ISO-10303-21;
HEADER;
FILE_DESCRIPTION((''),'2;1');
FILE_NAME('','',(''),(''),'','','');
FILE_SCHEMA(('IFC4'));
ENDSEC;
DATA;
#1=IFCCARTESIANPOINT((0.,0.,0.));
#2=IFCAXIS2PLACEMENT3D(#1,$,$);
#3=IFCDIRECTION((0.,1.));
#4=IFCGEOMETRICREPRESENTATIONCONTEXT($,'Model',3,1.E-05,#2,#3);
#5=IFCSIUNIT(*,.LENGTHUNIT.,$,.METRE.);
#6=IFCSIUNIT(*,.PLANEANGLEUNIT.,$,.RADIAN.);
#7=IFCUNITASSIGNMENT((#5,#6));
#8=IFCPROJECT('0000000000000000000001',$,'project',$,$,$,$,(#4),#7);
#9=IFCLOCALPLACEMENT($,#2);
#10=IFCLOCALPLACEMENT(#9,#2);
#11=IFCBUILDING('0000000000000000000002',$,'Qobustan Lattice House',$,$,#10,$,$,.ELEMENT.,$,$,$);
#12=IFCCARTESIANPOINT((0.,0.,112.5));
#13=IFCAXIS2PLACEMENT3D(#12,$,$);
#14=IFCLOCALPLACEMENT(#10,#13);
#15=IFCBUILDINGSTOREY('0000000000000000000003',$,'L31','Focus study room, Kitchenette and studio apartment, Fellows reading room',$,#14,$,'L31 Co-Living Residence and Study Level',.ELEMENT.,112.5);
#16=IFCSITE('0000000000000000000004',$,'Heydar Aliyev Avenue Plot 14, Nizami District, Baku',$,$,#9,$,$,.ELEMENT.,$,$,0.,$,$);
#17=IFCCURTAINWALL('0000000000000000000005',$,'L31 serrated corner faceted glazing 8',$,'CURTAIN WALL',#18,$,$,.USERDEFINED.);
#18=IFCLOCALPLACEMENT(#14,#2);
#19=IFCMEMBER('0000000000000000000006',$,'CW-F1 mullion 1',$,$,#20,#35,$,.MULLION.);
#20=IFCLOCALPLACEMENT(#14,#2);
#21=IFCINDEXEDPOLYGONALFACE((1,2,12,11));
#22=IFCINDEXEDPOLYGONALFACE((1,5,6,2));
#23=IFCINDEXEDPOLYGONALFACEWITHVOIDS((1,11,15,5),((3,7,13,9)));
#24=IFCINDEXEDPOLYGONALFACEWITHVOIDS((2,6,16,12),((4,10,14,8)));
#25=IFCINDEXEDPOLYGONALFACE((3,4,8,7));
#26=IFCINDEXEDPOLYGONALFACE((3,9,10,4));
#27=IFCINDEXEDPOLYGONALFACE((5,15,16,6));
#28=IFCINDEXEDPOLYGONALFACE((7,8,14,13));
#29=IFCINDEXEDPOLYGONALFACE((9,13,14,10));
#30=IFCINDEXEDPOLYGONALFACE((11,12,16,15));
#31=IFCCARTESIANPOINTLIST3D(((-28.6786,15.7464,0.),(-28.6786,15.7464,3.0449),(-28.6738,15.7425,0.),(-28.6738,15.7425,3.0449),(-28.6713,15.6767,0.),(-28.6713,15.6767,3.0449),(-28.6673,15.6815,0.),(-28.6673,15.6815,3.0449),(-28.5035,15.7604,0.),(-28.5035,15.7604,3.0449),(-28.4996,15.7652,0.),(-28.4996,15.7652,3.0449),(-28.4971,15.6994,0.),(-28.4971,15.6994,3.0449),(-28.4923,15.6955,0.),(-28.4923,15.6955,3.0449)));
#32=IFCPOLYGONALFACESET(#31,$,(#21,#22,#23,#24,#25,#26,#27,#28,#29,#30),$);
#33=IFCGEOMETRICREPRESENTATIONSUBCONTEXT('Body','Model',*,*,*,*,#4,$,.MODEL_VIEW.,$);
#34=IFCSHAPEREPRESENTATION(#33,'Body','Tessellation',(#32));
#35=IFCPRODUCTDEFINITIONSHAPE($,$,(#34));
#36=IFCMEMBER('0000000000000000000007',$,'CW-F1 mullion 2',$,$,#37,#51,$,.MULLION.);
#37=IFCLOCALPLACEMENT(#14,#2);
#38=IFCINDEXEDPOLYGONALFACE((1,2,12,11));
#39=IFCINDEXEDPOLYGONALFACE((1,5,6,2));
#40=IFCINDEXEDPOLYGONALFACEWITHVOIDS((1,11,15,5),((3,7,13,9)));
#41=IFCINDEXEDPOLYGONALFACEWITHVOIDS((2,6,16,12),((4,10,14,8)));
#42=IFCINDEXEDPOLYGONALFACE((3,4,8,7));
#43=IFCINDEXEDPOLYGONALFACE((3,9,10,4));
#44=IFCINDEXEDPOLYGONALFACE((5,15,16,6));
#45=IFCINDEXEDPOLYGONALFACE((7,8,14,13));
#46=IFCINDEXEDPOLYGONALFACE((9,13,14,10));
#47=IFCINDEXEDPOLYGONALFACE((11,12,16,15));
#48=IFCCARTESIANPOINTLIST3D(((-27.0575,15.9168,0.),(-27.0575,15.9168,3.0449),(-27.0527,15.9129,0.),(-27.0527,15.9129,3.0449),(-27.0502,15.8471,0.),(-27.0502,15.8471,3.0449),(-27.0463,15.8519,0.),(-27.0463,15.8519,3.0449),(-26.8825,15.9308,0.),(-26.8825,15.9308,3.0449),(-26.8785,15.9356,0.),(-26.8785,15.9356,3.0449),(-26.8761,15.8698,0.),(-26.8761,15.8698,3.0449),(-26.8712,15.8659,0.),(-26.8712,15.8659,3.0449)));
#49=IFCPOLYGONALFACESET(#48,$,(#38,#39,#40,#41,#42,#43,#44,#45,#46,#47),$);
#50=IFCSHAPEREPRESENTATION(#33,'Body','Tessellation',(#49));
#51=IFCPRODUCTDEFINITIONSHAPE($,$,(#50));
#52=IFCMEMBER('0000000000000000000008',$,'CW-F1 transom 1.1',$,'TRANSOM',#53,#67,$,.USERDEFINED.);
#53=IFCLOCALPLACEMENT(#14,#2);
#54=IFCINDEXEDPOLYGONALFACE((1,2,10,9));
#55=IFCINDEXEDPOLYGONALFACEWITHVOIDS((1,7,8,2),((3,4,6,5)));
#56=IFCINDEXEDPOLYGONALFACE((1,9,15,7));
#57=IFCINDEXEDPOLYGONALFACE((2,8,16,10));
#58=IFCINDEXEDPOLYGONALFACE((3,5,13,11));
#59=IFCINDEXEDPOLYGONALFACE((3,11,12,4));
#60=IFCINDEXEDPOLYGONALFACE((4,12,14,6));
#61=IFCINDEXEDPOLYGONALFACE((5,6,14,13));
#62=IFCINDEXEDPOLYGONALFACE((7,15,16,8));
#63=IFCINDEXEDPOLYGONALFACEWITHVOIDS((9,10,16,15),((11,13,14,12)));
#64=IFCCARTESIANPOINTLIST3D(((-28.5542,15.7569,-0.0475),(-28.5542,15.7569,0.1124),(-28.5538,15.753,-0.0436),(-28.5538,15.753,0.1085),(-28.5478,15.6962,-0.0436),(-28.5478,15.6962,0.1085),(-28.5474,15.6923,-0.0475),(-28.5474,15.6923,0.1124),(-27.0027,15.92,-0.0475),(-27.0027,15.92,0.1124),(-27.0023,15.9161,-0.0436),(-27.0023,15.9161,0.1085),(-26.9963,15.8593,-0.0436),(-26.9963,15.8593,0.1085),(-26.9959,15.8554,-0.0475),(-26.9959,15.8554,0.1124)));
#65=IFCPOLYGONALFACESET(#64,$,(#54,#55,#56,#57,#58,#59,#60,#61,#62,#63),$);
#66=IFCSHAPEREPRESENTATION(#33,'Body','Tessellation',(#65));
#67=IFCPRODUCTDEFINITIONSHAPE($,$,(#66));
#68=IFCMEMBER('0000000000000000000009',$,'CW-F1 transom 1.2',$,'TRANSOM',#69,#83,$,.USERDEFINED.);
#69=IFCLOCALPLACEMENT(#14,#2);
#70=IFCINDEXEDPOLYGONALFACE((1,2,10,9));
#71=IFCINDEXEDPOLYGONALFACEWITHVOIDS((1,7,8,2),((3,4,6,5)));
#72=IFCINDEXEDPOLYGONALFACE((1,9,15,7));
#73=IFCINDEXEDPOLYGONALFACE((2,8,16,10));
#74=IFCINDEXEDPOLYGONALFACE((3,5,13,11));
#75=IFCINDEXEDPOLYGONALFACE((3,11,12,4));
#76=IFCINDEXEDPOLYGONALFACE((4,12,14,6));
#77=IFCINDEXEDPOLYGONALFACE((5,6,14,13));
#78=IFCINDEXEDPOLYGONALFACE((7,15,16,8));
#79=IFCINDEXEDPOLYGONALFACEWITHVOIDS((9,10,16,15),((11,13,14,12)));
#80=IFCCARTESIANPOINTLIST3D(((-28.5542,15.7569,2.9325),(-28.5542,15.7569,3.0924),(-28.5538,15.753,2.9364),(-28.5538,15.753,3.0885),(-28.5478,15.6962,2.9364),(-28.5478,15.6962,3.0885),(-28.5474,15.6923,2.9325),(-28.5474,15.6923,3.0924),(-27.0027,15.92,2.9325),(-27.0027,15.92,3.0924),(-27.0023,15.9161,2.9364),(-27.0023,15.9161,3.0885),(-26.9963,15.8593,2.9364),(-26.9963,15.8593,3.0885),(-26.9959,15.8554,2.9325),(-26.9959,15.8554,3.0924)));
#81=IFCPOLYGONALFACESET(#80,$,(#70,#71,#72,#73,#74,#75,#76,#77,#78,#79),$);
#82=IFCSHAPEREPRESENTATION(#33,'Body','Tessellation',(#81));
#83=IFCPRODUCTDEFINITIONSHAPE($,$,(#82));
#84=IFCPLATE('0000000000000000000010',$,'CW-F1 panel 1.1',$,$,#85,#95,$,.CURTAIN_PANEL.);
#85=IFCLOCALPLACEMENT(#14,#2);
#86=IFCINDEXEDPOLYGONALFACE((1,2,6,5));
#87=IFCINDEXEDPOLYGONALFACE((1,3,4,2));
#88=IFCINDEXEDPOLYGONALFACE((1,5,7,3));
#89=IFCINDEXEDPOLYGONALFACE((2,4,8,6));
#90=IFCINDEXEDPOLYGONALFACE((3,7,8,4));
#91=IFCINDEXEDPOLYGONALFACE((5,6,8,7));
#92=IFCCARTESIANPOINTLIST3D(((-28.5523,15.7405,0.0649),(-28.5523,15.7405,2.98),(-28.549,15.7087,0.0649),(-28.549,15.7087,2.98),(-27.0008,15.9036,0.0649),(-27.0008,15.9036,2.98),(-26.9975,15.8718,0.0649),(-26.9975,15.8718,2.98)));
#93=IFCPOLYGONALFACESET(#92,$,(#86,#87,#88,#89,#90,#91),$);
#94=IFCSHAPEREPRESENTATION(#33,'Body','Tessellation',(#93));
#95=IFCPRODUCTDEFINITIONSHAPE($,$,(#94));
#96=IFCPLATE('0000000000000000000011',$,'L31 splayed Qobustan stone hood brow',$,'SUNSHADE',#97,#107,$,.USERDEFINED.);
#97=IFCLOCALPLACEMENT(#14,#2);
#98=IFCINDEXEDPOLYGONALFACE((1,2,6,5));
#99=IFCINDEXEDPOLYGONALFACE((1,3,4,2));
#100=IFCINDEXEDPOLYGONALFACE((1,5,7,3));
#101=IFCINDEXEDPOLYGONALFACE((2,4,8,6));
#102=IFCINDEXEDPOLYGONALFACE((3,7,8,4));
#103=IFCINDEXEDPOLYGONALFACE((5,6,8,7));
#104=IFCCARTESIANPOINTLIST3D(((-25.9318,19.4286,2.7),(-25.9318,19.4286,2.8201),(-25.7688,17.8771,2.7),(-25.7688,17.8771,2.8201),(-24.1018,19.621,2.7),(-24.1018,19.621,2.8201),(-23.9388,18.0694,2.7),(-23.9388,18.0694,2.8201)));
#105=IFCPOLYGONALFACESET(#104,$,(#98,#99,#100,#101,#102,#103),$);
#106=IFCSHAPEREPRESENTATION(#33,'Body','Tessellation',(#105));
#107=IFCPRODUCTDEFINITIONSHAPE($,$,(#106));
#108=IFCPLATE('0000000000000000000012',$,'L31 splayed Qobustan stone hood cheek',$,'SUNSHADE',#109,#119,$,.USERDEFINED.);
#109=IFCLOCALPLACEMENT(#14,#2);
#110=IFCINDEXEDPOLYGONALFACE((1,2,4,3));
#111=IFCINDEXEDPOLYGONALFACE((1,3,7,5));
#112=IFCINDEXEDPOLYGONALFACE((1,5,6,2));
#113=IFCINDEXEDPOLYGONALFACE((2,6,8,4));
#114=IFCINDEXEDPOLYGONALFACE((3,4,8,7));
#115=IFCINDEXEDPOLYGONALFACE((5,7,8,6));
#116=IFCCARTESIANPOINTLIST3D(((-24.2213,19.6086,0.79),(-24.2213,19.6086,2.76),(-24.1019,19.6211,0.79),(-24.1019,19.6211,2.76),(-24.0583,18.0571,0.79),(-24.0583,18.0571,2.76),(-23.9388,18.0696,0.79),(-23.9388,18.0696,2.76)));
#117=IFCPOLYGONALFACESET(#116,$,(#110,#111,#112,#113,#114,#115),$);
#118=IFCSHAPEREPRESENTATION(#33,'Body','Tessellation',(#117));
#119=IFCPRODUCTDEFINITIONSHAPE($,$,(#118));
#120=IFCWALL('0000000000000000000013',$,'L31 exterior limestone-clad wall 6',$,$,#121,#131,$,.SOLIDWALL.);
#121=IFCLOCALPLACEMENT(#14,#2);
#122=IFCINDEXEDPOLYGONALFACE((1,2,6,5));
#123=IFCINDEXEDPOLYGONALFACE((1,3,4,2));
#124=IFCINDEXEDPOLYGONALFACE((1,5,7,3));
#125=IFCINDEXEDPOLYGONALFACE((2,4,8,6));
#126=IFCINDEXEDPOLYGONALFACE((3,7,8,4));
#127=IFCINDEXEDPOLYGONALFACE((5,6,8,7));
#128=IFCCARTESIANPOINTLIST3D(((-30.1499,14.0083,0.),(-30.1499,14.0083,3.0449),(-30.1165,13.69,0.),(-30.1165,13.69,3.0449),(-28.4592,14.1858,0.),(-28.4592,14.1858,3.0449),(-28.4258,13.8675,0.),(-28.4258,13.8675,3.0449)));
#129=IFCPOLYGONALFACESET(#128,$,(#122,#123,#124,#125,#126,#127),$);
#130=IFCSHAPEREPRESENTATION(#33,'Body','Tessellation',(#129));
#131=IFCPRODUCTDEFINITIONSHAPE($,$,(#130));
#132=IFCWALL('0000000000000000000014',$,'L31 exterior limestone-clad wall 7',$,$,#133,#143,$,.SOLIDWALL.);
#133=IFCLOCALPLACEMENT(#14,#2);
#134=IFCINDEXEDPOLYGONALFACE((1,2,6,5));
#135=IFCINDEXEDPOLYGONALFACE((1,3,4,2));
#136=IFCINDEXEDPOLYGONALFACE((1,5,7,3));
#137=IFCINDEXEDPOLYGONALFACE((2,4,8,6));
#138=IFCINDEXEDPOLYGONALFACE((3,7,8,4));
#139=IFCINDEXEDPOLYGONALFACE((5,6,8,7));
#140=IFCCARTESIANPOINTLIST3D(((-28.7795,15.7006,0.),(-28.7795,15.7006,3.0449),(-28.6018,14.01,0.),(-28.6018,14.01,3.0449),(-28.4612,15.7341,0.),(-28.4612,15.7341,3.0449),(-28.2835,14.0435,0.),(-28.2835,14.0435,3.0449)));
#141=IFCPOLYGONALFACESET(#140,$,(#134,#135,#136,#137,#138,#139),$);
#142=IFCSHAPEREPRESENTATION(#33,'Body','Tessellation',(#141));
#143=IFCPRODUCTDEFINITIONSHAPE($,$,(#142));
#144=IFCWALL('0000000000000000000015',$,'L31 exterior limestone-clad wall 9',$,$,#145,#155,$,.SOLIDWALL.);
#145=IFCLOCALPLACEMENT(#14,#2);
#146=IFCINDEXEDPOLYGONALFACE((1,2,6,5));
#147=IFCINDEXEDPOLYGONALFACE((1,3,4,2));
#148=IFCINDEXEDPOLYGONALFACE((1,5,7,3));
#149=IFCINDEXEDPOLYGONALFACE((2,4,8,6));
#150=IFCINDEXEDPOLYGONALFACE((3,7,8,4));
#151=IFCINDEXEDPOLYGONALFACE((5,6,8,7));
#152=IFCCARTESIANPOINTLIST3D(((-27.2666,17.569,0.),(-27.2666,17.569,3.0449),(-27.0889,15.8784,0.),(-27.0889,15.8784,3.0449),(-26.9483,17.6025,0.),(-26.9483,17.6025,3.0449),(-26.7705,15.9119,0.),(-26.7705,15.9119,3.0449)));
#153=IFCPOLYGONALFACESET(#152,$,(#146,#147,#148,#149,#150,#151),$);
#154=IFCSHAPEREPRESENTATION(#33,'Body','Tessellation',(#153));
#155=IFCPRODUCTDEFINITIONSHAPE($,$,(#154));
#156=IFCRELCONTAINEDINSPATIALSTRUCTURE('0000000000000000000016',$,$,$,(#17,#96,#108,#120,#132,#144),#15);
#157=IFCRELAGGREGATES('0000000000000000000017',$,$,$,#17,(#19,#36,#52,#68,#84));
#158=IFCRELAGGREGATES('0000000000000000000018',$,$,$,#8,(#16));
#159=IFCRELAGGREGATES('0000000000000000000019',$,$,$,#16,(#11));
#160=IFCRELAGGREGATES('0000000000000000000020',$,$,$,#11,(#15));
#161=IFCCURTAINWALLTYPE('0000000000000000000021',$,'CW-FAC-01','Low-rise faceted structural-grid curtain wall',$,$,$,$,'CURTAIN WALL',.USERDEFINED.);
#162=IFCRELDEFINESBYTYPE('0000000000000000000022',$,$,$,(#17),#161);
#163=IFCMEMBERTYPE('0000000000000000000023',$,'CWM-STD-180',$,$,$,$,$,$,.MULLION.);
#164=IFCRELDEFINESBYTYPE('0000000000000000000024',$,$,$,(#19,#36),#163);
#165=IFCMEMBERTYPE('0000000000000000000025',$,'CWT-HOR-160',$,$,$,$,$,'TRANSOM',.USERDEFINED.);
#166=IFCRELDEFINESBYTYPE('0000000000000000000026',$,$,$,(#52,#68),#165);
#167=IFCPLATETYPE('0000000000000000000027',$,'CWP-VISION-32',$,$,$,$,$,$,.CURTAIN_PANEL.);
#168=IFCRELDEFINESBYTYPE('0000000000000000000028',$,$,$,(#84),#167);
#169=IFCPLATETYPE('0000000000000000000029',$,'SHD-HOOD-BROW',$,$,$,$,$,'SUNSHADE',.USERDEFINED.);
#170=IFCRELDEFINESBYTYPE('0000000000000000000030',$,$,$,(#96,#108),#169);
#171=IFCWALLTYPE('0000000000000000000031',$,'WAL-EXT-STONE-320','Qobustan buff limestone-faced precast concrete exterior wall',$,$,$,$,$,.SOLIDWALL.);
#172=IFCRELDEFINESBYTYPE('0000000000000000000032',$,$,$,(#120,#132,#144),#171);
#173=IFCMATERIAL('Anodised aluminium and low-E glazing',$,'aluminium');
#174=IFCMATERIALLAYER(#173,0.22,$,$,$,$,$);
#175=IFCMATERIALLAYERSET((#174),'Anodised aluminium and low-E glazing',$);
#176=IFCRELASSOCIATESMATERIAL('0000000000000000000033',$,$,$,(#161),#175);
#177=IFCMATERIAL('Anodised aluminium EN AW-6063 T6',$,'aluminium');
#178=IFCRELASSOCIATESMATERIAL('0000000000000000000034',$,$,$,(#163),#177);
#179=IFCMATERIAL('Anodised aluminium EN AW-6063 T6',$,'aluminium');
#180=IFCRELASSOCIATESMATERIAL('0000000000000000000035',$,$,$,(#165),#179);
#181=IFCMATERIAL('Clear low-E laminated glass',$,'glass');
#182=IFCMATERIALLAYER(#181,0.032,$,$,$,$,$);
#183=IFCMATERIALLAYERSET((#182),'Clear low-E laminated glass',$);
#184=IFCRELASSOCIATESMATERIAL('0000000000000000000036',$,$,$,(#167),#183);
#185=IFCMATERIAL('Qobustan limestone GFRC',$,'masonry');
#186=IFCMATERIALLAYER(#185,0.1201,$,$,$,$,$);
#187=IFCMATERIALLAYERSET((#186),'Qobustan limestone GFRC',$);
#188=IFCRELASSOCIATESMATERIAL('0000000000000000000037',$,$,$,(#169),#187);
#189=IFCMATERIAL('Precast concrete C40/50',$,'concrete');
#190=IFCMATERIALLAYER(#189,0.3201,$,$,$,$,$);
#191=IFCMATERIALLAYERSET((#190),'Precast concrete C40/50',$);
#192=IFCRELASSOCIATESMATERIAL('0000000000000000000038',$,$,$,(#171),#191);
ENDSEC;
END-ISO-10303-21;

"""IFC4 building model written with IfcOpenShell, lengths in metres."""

from ifc_helpers import new_model, si_unit, direction, frame, frame_2d, origin, origin_2d, place, context, subcontext, project, spatial, rectangle, hollow_rectangle, extrude, material, layer, layer_set, material_profile, profile_set, type_object, element, aggregate, save


model = new_model("IFC4")

# Units and contexts
model_context = context("Model", 3, precision=1e-05, world=origin(), true_north=direction((0.0, 1.0)))
body_context = subcontext(model_context, "Body", "Model", "MODEL_VIEW")
ifc_project = project(units=[si_unit("LENGTHUNIT", "METRE"), si_unit("PLANEANGLEUNIT", "RADIAN")], contexts=[model_context])

# Site, building, storey
site_placement = place(None, origin())
site = spatial("IfcSite", under=ifc_project, at=site_placement, Name="Heydar Aliyev Avenue Plot 14, Nizami District, Baku", CompositionType="ELEMENT", RefElevation=0.0)
building_placement = place(site_placement, origin())
building = spatial("IfcBuilding", under=site, at=building_placement, Name="Qobustan Lattice House", CompositionType="ELEMENT")
storey_placement = place(building_placement, frame((0.0, 0.0, 112.5)))
storey = spatial("IfcBuildingStorey", under=building, at=storey_placement, Name="L31", Description="Focus study room, Kitchenette and studio apartment, Fellows reading room", LongName="L31 Co-Living Residence and Study Level", CompositionType="ELEMENT", Elevation=112.5)

# Curtain wall, members, plate
ifc_material_1 = material(Name="Anodised aluminium and low-E glazing", Category="aluminium")
ifc_layer_1 = layer(ifc_material_1, 0.22)
ifc_layer_set_1 = layer_set([ifc_layer_1], Name="Anodised aluminium and low-E glazing")
curtain_wall_type = type_object("IfcCurtainWallType", Name="CW-FAC-01", Description="Low-rise faceted structural-grid curtain wall", ElementType="CURTAIN WALL", PredefinedType="USERDEFINED", material=ifc_layer_set_1)
curtain_wall_placement = place(storey_placement, origin())
curtain_wall = element("IfcCurtainWall", 1, at=curtain_wall_placement, inside=storey, type_object=curtain_wall_type, Name="L31 serrated corner faceted glazing 8", ObjectType="CURTAIN WALL", PredefinedType="USERDEFINED")
ifc_material_2 = material(Name="Anodised aluminium EN AW-6063 T6", Category="aluminium")
ifc_material_profile_1 = material_profile(ifc_material_2, hollow_rectangle(XDim=0.0701, YDim=0.1799, WallThickness=0.0044, at=origin_2d()), Name="CWM-180x70")
ifc_profile_set_1 = profile_set([ifc_material_profile_1], Name="Anodised aluminium EN AW-6063 T6")
member_type_1 = type_object("IfcMemberType", Name="CWM-STD-180", PredefinedType="MULLION", material=ifc_profile_set_1)
member_1_placement = place(storey_placement, frame((-28.5854, 15.7209, 0.0), z_axis=(0.0, 0.0, 1.0), x_axis=(-0.104529, 0.994522, 0.0)))
member_1 = element("IfcMember", 2, at=member_1_placement, type_object=member_type_1, Name="CW-F1 mullion 1", PredefinedType="MULLION", context=body_context, shape_type="SweptSolid", body=[
    extrude(hollow_rectangle(XDim=0.0701, YDim=0.1799, WallThickness=0.0044, at=origin_2d()), origin(), (0.0, 0.0, 1.0), 3.0449),
])
member_2_placement = place(storey_placement, frame((-26.9644, 15.8914, 0.0), z_axis=(0.0, 0.0, 1.0), x_axis=(-0.104529, 0.994522, 0.0)))
member_2 = element("IfcMember", 3, at=member_2_placement, type_object=member_type_1, Name="CW-F1 mullion 2", PredefinedType="MULLION", context=body_context, shape_type="SweptSolid", body=[
    extrude(hollow_rectangle(XDim=0.0701, YDim=0.1799, WallThickness=0.0044, at=origin_2d()), origin(), (0.0, 0.0, 1.0), 3.0449),
])
ifc_material_3 = material(Name="Anodised aluminium EN AW-6063 T6", Category="aluminium")
ifc_material_profile_2 = material_profile(ifc_material_3, hollow_rectangle(XDim=0.0649, YDim=0.1599, WallThickness=0.0039, at=origin_2d()), Name="CWT-160x65")
ifc_profile_set_2 = profile_set([ifc_material_profile_2], Name="Anodised aluminium EN AW-6063 T6")
member_type_2 = type_object("IfcMemberType", Name="CWT-HOR-160", ElementType="TRANSOM", PredefinedType="USERDEFINED", material=ifc_profile_set_2)
member_3_placement = place(storey_placement, frame((-28.5508, 15.7246, 0.0325), z_axis=(0.994521, 0.104538, 0.0), x_axis=(-0.104538, 0.994521, 0.0)))
member_3 = element("IfcMember", 4, at=member_3_placement, type_object=member_type_2, Name="CW-F1 transom 1.1", ObjectType="TRANSOM", PredefinedType="USERDEFINED", context=body_context, shape_type="SweptSolid", body=[
    extrude(hollow_rectangle(XDim=0.0649, YDim=0.1599, WallThickness=0.0039, at=origin_2d()), origin(), (0.0, 0.0, 1.0), 1.5601),
])
member_4_placement = place(storey_placement, frame((-28.5508, 15.7246, 3.0125), z_axis=(0.994521, 0.104538, 0.0), x_axis=(-0.104538, 0.994521, 0.0)))
member_4 = element("IfcMember", 5, at=member_4_placement, type_object=member_type_2, Name="CW-F1 transom 1.2", ObjectType="TRANSOM", PredefinedType="USERDEFINED", context=body_context, shape_type="SweptSolid", body=[
    extrude(hollow_rectangle(XDim=0.0649, YDim=0.1599, WallThickness=0.0039, at=origin_2d()), origin(), (0.0, 0.0, 1.0), 1.5601),
])
ifc_material_4 = material(Name="Clear low-E laminated glass", Category="glass")
ifc_layer_2 = layer(ifc_material_4, 0.032)
ifc_layer_set_2 = layer_set([ifc_layer_2], Name="Clear low-E laminated glass")
plate_type_1 = type_object("IfcPlateType", Name="CWP-VISION-32", PredefinedType="CURTAIN_PANEL", material=ifc_layer_set_2)
plate_1_placement = place(storey_placement, frame((-27.7749, 15.8062, 0.0649), z_axis=(0.0, 0.0, 1.0), x_axis=(0.994522, 0.104529, 0.0)))
plate_1 = element("IfcPlate", 6, at=plate_1_placement, type_object=plate_type_1, Name="CW-F1 panel 1.1", PredefinedType="CURTAIN_PANEL", context=body_context, shape_type="SweptSolid", body=[
    extrude(rectangle(XDim=1.5601, YDim=0.032, at=origin_2d()), origin(), (0.0, 0.0, 1.0), 2.915),
])
aggregate(curtain_wall, [member_1, member_2, member_3, member_4, plate_1])

# Plates
ifc_material_5 = material(Name="Qobustan limestone GFRC", Category="masonry")
ifc_layer_3 = layer(ifc_material_5, 0.1201)
ifc_layer_set_3 = layer_set([ifc_layer_3], Name="Qobustan limestone GFRC")
plate_type_2 = type_object("IfcPlateType", Name="SHD-HOOD-BROW", ElementType="SUNSHADE", PredefinedType="USERDEFINED", material=ifc_layer_set_3)
plate_2_placement = place(storey_placement, frame((-24.9353, 18.749, 2.7), z_axis=(0.0, 0.0, 1.0), x_axis=(0.994522, 0.104528, 0.0)))
element("IfcPlate", 7, at=plate_2_placement, inside=storey, type_object=plate_type_2, Name="L31 splayed Qobustan stone hood brow", ObjectType="SUNSHADE", PredefinedType="USERDEFINED", context=body_context, shape_type="SweptSolid", body=[
    extrude(rectangle(XDim=1.8401, YDim=1.5601, at=origin_2d()), origin(), (0.0, 0.0, 1.0), 0.1201),
])
plate_3_placement = place(storey_placement, frame((-24.0801, 18.8391, 0.79), z_axis=(0.0, 0.0, 1.0), x_axis=(0.994522, 0.104528, 0.0)))
element("IfcPlate", 8, at=plate_3_placement, inside=storey, type_object=plate_type_2, Name="L31 splayed Qobustan stone hood cheek", ObjectType="SUNSHADE", PredefinedType="USERDEFINED", context=body_context, shape_type="SweptSolid", body=[
    extrude(rectangle(XDim=0.1201, YDim=1.5601, at=origin_2d()), origin(), (0.0, 0.0, 1.0), 1.97),
])

# Walls
ifc_material_6 = material(Name="Precast concrete C40/50", Category="concrete")
ifc_layer_4 = layer(ifc_material_6, 0.3201)
ifc_layer_set_4 = layer_set([ifc_layer_4], Name="Precast concrete C40/50")
wall_type_1 = type_object("IfcWallType", Name="WAL-EXT-STONE-320", Description="Qobustan buff limestone-faced precast concrete exterior wall", PredefinedType="SOLIDWALL", material=ifc_layer_set_4)
for number, where, z_axis, x_axis, name in (
    (9, (-30.1333, 13.8491, 0.0), (0.0, 0.0, 1.0), (0.994535, 0.104408, 0.0), "L31 exterior limestone-clad wall 6"),
    (10, (-28.4426, 14.0266, 0.0), (0.0, 0.0, 1.0), (-0.10455, 0.99452, 0.0), "L31 exterior limestone-clad wall 7"),
    (11, (-26.9297, 15.895, 0.0), (0.0, 0.0, 1.0), (-0.10455, 0.99452, 0.0), "L31 exterior limestone-clad wall 9"),
):
    element("IfcWall", number, at=place(storey_placement, frame(where, z_axis=z_axis, x_axis=x_axis)), inside=storey, type_object=wall_type_1, Name=name, PredefinedType="SOLIDWALL", context=body_context, shape_type="SweptSolid", body=[
        extrude(rectangle(XDim=1.7, YDim=0.3201, at=frame_2d((0.8501, 0.0))), origin(), (0.0, 0.0, 1.0), 3.0449),
    ])

save(model, "model.ifc")
